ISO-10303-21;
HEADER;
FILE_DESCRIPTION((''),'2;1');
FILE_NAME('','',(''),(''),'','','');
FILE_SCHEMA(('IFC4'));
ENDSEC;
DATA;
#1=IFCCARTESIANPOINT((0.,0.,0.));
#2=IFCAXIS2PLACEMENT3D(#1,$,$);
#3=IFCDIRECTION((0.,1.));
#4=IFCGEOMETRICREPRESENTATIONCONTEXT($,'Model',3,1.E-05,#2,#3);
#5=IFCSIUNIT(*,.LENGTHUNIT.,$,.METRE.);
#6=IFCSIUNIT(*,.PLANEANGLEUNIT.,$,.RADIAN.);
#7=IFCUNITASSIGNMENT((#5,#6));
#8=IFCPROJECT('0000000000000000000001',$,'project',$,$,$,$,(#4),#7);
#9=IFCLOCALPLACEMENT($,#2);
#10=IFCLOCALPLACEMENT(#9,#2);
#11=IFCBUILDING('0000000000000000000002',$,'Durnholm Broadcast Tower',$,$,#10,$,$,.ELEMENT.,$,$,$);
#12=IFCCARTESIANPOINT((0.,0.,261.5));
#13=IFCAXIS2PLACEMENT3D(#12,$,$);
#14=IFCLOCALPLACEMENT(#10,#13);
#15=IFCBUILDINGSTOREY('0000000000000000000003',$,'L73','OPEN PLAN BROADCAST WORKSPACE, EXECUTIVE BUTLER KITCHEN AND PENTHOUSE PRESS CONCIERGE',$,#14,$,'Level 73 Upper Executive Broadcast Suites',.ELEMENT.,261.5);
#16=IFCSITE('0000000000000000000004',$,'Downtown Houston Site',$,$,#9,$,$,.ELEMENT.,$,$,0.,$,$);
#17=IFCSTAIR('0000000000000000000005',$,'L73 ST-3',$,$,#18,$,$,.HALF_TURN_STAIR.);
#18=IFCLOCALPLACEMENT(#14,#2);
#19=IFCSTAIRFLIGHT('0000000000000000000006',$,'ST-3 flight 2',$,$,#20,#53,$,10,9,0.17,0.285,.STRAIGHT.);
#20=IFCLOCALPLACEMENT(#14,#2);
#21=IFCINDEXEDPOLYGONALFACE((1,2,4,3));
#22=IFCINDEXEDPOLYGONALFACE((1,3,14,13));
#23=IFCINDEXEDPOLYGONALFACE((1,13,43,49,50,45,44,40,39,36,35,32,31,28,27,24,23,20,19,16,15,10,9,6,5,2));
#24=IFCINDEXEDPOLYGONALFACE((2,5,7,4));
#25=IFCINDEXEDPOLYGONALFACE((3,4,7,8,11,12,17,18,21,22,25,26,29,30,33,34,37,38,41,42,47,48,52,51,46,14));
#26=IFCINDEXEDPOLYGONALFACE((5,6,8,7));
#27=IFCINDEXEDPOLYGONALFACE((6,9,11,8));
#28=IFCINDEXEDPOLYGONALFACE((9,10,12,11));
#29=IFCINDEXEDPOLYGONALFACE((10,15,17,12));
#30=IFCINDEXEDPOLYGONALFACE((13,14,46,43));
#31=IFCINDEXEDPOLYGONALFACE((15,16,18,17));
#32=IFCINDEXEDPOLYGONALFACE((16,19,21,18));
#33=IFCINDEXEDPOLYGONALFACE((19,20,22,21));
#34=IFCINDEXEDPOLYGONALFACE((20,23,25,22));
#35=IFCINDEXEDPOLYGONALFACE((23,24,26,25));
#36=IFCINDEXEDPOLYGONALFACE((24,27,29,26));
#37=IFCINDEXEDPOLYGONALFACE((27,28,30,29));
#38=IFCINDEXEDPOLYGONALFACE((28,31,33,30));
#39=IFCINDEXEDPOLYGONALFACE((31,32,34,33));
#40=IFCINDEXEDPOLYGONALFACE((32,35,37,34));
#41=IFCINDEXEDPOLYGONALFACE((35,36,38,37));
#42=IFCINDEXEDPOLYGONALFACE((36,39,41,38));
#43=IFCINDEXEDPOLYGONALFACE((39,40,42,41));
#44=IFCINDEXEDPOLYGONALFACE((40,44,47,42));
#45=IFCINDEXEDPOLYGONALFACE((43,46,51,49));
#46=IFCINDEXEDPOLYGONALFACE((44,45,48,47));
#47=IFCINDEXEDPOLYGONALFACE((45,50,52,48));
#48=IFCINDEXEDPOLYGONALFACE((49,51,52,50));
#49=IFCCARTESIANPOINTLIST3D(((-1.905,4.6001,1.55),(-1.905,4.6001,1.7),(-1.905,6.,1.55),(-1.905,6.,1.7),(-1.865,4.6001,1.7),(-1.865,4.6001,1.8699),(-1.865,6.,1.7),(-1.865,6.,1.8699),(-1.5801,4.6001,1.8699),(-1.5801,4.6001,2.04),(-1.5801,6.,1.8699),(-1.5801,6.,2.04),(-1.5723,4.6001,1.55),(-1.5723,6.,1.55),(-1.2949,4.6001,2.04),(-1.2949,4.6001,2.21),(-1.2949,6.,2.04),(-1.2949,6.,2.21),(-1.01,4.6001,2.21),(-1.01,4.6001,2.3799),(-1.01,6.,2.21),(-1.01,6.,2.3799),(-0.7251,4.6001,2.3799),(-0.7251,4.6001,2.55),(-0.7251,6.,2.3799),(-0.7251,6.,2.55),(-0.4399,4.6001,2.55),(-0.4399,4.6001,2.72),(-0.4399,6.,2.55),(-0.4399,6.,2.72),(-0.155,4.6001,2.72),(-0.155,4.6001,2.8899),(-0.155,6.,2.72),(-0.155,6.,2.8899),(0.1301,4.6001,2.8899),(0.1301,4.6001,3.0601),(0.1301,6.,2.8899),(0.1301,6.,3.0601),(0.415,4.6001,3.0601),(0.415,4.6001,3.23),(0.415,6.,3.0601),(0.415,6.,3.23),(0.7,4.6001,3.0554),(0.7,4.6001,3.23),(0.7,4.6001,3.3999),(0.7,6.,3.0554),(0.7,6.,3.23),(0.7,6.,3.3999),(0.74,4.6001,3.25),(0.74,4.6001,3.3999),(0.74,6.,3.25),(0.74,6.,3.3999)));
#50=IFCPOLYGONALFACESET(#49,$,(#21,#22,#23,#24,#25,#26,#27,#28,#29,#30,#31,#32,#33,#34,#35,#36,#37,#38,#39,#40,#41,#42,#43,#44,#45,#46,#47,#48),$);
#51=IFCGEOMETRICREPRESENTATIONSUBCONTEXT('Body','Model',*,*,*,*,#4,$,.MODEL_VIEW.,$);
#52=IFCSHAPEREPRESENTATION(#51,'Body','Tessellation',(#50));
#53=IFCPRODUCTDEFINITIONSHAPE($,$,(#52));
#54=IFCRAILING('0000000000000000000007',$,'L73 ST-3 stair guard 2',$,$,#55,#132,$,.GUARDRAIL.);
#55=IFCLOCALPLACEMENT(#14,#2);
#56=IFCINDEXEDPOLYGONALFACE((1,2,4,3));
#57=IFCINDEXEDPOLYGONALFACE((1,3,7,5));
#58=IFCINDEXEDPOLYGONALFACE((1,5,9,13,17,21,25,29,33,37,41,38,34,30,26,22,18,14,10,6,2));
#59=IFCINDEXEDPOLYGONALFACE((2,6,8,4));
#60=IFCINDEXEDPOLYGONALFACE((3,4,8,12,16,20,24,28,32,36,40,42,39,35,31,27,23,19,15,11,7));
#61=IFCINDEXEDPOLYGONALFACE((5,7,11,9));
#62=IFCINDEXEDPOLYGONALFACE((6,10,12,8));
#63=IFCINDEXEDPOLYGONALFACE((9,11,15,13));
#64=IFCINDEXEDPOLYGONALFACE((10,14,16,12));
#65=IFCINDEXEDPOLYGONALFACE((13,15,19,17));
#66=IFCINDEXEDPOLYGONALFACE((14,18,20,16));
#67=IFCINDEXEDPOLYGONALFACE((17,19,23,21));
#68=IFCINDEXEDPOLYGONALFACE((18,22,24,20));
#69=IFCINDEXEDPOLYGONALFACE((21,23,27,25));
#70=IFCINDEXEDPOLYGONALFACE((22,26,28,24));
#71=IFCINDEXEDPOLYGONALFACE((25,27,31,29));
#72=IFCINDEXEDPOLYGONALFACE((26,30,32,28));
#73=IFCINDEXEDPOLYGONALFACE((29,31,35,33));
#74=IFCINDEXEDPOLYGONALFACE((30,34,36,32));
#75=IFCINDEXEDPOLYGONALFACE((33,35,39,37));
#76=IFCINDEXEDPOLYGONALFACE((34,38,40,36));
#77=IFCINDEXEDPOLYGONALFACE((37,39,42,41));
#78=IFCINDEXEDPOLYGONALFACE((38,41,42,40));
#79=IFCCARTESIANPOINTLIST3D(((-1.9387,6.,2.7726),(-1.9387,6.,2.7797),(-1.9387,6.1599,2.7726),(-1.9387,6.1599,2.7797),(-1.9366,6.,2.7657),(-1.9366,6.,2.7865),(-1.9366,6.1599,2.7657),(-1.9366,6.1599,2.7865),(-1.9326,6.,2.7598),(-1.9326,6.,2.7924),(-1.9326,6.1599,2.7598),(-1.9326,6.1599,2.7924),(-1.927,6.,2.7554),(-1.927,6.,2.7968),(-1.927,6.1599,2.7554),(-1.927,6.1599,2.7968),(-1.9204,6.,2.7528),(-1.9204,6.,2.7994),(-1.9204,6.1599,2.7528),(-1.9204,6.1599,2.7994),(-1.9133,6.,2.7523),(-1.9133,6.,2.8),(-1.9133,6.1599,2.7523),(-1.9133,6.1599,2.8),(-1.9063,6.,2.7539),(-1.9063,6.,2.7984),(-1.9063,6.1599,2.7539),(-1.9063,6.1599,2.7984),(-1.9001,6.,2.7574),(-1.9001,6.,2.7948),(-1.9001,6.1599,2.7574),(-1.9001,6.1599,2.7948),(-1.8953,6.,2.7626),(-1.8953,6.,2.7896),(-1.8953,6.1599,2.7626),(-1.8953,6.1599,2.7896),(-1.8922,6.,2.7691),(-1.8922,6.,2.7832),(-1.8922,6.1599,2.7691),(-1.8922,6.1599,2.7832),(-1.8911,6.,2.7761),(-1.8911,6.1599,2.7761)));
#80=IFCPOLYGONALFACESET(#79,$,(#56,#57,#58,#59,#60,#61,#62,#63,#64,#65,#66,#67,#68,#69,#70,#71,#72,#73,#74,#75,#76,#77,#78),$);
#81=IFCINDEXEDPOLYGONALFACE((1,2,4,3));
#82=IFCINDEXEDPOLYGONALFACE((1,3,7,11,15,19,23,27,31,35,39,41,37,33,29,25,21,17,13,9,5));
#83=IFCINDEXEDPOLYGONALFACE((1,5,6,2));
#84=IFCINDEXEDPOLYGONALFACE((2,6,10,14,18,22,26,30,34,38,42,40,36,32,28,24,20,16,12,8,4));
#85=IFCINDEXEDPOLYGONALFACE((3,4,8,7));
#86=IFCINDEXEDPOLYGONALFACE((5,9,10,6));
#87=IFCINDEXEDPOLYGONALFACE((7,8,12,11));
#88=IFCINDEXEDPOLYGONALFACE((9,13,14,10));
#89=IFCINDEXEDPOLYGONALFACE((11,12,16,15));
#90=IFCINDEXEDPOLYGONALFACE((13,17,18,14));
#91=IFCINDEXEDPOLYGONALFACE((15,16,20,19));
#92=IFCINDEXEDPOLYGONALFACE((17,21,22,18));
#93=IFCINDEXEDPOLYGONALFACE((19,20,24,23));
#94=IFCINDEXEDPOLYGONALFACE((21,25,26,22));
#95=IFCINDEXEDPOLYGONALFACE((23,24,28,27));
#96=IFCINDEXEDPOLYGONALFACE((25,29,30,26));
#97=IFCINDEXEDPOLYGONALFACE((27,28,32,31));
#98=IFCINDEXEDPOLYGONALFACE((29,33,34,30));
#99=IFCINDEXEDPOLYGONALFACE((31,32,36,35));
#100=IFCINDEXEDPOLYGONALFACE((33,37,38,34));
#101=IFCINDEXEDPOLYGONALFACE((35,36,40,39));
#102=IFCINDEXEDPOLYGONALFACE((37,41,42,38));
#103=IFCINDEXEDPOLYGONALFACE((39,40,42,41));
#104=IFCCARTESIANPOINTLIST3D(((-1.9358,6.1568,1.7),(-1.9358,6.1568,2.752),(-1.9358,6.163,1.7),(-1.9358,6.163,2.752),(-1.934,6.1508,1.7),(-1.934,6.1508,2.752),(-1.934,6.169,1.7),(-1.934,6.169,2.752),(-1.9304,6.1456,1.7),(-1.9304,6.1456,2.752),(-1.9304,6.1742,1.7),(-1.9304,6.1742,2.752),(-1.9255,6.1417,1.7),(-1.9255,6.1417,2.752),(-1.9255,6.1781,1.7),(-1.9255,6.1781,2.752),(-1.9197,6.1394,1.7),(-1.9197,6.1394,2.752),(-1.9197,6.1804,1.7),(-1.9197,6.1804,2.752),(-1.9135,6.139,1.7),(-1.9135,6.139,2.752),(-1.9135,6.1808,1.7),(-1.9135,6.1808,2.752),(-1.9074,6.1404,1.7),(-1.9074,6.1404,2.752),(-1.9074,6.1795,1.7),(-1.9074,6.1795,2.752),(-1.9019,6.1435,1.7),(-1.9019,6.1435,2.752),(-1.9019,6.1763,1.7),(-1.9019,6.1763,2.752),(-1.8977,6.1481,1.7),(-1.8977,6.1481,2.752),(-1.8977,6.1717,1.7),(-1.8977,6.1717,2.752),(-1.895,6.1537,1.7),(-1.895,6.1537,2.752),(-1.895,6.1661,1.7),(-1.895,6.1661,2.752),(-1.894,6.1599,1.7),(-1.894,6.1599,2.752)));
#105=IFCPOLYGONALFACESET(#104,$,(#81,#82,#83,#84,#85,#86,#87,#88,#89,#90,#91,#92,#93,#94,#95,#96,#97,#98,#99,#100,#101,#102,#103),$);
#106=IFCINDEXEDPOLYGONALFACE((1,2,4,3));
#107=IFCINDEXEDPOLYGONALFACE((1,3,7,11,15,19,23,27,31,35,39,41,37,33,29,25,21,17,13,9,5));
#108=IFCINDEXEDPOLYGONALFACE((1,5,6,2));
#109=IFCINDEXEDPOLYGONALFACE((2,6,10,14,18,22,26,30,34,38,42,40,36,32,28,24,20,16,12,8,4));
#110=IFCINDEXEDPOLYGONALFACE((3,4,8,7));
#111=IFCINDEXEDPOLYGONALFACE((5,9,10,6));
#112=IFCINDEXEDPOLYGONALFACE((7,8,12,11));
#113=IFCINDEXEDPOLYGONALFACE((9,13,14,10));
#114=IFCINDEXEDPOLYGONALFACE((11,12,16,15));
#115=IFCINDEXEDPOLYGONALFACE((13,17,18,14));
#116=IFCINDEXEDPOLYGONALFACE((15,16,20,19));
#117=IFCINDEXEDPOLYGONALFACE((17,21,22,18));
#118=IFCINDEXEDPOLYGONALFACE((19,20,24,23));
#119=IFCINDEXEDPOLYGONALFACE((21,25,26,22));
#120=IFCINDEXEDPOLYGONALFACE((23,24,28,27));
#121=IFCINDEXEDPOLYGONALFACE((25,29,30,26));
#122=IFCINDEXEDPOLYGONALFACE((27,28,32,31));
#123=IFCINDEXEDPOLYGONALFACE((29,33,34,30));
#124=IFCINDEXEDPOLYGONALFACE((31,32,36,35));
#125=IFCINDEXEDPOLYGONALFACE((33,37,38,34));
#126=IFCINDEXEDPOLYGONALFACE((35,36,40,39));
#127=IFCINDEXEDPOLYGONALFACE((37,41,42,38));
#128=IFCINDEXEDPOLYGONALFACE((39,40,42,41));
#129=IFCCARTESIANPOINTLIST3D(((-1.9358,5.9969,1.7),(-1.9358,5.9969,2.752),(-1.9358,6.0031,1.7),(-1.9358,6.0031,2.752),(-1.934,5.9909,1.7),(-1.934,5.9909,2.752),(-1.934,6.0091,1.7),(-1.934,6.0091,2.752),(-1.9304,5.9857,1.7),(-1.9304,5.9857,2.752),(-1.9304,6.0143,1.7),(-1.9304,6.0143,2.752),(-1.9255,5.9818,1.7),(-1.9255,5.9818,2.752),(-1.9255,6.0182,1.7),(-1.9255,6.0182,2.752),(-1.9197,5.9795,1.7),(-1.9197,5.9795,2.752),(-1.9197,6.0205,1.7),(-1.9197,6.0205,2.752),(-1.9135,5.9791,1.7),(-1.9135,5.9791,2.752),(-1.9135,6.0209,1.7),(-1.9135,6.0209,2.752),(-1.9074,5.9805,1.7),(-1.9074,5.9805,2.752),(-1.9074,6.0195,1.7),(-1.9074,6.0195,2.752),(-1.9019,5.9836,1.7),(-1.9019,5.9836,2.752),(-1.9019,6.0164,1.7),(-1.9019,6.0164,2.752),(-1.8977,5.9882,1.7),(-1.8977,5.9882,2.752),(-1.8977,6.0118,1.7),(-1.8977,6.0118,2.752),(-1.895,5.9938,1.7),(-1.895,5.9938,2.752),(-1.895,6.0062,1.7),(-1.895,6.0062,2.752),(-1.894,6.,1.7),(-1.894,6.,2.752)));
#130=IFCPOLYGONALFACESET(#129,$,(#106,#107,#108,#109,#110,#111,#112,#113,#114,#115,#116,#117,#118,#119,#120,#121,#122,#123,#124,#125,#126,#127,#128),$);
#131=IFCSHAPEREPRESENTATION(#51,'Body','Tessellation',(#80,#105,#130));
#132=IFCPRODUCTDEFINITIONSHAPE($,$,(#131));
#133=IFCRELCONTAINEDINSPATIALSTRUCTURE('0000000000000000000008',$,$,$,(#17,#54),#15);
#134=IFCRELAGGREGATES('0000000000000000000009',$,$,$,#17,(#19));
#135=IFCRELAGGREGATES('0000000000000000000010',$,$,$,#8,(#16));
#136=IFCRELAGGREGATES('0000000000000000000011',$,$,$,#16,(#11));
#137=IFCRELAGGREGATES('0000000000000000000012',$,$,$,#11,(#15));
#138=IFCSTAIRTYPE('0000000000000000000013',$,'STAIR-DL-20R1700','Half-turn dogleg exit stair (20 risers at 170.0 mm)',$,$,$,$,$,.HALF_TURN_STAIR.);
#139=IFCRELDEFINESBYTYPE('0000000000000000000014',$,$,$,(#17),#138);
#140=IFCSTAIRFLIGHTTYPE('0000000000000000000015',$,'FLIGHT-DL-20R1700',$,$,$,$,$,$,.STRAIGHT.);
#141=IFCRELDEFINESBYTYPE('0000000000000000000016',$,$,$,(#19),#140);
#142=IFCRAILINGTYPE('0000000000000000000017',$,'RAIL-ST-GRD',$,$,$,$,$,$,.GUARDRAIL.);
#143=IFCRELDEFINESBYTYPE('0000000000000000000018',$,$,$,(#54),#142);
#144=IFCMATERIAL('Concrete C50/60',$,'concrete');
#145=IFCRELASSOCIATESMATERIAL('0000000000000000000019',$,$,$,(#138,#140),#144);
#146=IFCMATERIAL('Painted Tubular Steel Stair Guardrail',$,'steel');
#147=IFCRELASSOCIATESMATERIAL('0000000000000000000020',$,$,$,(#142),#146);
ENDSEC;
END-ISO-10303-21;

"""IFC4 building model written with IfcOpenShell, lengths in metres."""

from ifc_helpers import new_model, si_unit, direction, frame, origin, origin_2d, place, context, subcontext, project, spatial, polyline, circle, outline, extrude, material, type_object, element, aggregate, save


model = new_model("IFC4")

# Units and contexts
model_context = context("Model", 3, precision=1e-05, world=origin(), true_north=direction((0.0, 1.0)))
body_context = subcontext(model_context, "Body", "Model", "MODEL_VIEW")
ifc_project = project(units=[si_unit("LENGTHUNIT", "METRE"), si_unit("PLANEANGLEUNIT", "RADIAN")], contexts=[model_context])

# Site, building, storey
site_placement = place(None, origin())
site = spatial("IfcSite", under=ifc_project, at=site_placement, Name="Downtown Houston Site", CompositionType="ELEMENT", RefElevation=0.0)
building_placement = place(site_placement, origin())
building = spatial("IfcBuilding", under=site, at=building_placement, Name="Durnholm Broadcast Tower", CompositionType="ELEMENT")
storey_placement = place(building_placement, frame((0.0, 0.0, 261.5)))
storey = spatial("IfcBuildingStorey", under=building, at=storey_placement, Name="L73", Description="OPEN PLAN BROADCAST WORKSPACE, EXECUTIVE BUTLER KITCHEN AND PENTHOUSE PRESS CONCIERGE", LongName="Level 73 Upper Executive Broadcast Suites", CompositionType="ELEMENT", Elevation=261.5)

# Shared definitions
ifc_material_1 = material(Name="Concrete C50/60", Category="concrete")

# Stair, stair flight
stair_type = type_object("IfcStairType", Name="STAIR-DL-20R1700", Description="Half-turn dogleg exit stair (20 risers at 170.0 mm)", PredefinedType="HALF_TURN_STAIR", material=ifc_material_1)
stair_placement = place(storey_placement, origin())
stair = element("IfcStair", 1, at=stair_placement, inside=storey, type_object=stair_type, Name="L73 ST-3", PredefinedType="HALF_TURN_STAIR")
stair_flight_type = type_object("IfcStairFlightType", Name="FLIGHT-DL-20R1700", PredefinedType="STRAIGHT", material=ifc_material_1)
stair_flight_placement = place(storey_placement, frame((-1.865, 5.3, 1.7), z_axis=(0.0, 0.0, 1.0), x_axis=(1.0, 0.0, 0.0)))
stair_flight = element("IfcStairFlight", 2, at=stair_flight_placement, type_object=stair_flight_type, Name="ST-3 flight 2", NumberOfRisers=10, NumberOfTreads=9, PredefinedType="STRAIGHT", RiserHeight=0.17, TreadLength=0.285, context=body_context, shape_type="SweptSolid", body=[
    extrude(outline(polyline([(-0.04, -0.1499), (-0.04, 0.0), (0.0, 0.0), (0.0, 0.1699), (0.2849, 0.1699), (0.2849, 0.3401), (0.5701, 0.3401), (0.5701, 0.51), (0.855, 0.51), (0.855, 0.6799), (1.1399, 0.6799), (1.1399, 0.8501), (1.425, 0.8501), (1.425, 1.02), (1.71, 1.02), (1.71, 1.1899), (1.9951, 1.1899), (1.9951, 1.3601), (2.28, 1.3601), (2.28, 1.53), (2.5649, 1.53), (2.5649, 1.7), (2.605, 1.7), (2.605, 1.55), (2.5649, 1.3555), (0.2927, -0.1499), (-0.04, -0.1499)])), frame((0.0, 0.7, 0.0), z_axis=(0.0, -1.0, 0.0), x_axis=(1.0, 0.0, 0.0)), (0.0, 0.0, 1.0), 1.3999),
])
aggregate(stair, [stair_flight])

# Railing
ifc_material_2 = material(Name="Painted Tubular Steel Stair Guardrail", Category="steel")
railing_type_1 = type_object("IfcRailingType", Name="RAIL-ST-GRD", PredefinedType="GUARDRAIL", material=ifc_material_2)
railing_1_placement = place(storey_placement, frame((-1.915, 6.1599, 1.7)))
element("IfcRailing", 3, at=railing_1_placement, inside=storey, type_object=railing_type_1, Name="L73 ST-3 stair guard 2", PredefinedType="GUARDRAIL", context=body_context, shape_type="SweptSolid", body=[
    extrude(circle(Radius=0.0239, at=origin_2d()), frame((0.0, 0.0, 1.0762), z_axis=(0.0, -1.0, 0.0), x_axis=(1.0, 0.0, 0.0)), (0.0, 0.0, 1.0), 0.1599),
    extrude(circle(Radius=0.021, at=origin_2d()), origin(), (0.0, 0.0, 1.0), 1.052),
    extrude(circle(Radius=0.021, at=origin_2d()), frame((0.0, -0.1599, 0.0)), (0.0, 0.0, 1.0), 1.052),
])

save(model, "model.ifc")
